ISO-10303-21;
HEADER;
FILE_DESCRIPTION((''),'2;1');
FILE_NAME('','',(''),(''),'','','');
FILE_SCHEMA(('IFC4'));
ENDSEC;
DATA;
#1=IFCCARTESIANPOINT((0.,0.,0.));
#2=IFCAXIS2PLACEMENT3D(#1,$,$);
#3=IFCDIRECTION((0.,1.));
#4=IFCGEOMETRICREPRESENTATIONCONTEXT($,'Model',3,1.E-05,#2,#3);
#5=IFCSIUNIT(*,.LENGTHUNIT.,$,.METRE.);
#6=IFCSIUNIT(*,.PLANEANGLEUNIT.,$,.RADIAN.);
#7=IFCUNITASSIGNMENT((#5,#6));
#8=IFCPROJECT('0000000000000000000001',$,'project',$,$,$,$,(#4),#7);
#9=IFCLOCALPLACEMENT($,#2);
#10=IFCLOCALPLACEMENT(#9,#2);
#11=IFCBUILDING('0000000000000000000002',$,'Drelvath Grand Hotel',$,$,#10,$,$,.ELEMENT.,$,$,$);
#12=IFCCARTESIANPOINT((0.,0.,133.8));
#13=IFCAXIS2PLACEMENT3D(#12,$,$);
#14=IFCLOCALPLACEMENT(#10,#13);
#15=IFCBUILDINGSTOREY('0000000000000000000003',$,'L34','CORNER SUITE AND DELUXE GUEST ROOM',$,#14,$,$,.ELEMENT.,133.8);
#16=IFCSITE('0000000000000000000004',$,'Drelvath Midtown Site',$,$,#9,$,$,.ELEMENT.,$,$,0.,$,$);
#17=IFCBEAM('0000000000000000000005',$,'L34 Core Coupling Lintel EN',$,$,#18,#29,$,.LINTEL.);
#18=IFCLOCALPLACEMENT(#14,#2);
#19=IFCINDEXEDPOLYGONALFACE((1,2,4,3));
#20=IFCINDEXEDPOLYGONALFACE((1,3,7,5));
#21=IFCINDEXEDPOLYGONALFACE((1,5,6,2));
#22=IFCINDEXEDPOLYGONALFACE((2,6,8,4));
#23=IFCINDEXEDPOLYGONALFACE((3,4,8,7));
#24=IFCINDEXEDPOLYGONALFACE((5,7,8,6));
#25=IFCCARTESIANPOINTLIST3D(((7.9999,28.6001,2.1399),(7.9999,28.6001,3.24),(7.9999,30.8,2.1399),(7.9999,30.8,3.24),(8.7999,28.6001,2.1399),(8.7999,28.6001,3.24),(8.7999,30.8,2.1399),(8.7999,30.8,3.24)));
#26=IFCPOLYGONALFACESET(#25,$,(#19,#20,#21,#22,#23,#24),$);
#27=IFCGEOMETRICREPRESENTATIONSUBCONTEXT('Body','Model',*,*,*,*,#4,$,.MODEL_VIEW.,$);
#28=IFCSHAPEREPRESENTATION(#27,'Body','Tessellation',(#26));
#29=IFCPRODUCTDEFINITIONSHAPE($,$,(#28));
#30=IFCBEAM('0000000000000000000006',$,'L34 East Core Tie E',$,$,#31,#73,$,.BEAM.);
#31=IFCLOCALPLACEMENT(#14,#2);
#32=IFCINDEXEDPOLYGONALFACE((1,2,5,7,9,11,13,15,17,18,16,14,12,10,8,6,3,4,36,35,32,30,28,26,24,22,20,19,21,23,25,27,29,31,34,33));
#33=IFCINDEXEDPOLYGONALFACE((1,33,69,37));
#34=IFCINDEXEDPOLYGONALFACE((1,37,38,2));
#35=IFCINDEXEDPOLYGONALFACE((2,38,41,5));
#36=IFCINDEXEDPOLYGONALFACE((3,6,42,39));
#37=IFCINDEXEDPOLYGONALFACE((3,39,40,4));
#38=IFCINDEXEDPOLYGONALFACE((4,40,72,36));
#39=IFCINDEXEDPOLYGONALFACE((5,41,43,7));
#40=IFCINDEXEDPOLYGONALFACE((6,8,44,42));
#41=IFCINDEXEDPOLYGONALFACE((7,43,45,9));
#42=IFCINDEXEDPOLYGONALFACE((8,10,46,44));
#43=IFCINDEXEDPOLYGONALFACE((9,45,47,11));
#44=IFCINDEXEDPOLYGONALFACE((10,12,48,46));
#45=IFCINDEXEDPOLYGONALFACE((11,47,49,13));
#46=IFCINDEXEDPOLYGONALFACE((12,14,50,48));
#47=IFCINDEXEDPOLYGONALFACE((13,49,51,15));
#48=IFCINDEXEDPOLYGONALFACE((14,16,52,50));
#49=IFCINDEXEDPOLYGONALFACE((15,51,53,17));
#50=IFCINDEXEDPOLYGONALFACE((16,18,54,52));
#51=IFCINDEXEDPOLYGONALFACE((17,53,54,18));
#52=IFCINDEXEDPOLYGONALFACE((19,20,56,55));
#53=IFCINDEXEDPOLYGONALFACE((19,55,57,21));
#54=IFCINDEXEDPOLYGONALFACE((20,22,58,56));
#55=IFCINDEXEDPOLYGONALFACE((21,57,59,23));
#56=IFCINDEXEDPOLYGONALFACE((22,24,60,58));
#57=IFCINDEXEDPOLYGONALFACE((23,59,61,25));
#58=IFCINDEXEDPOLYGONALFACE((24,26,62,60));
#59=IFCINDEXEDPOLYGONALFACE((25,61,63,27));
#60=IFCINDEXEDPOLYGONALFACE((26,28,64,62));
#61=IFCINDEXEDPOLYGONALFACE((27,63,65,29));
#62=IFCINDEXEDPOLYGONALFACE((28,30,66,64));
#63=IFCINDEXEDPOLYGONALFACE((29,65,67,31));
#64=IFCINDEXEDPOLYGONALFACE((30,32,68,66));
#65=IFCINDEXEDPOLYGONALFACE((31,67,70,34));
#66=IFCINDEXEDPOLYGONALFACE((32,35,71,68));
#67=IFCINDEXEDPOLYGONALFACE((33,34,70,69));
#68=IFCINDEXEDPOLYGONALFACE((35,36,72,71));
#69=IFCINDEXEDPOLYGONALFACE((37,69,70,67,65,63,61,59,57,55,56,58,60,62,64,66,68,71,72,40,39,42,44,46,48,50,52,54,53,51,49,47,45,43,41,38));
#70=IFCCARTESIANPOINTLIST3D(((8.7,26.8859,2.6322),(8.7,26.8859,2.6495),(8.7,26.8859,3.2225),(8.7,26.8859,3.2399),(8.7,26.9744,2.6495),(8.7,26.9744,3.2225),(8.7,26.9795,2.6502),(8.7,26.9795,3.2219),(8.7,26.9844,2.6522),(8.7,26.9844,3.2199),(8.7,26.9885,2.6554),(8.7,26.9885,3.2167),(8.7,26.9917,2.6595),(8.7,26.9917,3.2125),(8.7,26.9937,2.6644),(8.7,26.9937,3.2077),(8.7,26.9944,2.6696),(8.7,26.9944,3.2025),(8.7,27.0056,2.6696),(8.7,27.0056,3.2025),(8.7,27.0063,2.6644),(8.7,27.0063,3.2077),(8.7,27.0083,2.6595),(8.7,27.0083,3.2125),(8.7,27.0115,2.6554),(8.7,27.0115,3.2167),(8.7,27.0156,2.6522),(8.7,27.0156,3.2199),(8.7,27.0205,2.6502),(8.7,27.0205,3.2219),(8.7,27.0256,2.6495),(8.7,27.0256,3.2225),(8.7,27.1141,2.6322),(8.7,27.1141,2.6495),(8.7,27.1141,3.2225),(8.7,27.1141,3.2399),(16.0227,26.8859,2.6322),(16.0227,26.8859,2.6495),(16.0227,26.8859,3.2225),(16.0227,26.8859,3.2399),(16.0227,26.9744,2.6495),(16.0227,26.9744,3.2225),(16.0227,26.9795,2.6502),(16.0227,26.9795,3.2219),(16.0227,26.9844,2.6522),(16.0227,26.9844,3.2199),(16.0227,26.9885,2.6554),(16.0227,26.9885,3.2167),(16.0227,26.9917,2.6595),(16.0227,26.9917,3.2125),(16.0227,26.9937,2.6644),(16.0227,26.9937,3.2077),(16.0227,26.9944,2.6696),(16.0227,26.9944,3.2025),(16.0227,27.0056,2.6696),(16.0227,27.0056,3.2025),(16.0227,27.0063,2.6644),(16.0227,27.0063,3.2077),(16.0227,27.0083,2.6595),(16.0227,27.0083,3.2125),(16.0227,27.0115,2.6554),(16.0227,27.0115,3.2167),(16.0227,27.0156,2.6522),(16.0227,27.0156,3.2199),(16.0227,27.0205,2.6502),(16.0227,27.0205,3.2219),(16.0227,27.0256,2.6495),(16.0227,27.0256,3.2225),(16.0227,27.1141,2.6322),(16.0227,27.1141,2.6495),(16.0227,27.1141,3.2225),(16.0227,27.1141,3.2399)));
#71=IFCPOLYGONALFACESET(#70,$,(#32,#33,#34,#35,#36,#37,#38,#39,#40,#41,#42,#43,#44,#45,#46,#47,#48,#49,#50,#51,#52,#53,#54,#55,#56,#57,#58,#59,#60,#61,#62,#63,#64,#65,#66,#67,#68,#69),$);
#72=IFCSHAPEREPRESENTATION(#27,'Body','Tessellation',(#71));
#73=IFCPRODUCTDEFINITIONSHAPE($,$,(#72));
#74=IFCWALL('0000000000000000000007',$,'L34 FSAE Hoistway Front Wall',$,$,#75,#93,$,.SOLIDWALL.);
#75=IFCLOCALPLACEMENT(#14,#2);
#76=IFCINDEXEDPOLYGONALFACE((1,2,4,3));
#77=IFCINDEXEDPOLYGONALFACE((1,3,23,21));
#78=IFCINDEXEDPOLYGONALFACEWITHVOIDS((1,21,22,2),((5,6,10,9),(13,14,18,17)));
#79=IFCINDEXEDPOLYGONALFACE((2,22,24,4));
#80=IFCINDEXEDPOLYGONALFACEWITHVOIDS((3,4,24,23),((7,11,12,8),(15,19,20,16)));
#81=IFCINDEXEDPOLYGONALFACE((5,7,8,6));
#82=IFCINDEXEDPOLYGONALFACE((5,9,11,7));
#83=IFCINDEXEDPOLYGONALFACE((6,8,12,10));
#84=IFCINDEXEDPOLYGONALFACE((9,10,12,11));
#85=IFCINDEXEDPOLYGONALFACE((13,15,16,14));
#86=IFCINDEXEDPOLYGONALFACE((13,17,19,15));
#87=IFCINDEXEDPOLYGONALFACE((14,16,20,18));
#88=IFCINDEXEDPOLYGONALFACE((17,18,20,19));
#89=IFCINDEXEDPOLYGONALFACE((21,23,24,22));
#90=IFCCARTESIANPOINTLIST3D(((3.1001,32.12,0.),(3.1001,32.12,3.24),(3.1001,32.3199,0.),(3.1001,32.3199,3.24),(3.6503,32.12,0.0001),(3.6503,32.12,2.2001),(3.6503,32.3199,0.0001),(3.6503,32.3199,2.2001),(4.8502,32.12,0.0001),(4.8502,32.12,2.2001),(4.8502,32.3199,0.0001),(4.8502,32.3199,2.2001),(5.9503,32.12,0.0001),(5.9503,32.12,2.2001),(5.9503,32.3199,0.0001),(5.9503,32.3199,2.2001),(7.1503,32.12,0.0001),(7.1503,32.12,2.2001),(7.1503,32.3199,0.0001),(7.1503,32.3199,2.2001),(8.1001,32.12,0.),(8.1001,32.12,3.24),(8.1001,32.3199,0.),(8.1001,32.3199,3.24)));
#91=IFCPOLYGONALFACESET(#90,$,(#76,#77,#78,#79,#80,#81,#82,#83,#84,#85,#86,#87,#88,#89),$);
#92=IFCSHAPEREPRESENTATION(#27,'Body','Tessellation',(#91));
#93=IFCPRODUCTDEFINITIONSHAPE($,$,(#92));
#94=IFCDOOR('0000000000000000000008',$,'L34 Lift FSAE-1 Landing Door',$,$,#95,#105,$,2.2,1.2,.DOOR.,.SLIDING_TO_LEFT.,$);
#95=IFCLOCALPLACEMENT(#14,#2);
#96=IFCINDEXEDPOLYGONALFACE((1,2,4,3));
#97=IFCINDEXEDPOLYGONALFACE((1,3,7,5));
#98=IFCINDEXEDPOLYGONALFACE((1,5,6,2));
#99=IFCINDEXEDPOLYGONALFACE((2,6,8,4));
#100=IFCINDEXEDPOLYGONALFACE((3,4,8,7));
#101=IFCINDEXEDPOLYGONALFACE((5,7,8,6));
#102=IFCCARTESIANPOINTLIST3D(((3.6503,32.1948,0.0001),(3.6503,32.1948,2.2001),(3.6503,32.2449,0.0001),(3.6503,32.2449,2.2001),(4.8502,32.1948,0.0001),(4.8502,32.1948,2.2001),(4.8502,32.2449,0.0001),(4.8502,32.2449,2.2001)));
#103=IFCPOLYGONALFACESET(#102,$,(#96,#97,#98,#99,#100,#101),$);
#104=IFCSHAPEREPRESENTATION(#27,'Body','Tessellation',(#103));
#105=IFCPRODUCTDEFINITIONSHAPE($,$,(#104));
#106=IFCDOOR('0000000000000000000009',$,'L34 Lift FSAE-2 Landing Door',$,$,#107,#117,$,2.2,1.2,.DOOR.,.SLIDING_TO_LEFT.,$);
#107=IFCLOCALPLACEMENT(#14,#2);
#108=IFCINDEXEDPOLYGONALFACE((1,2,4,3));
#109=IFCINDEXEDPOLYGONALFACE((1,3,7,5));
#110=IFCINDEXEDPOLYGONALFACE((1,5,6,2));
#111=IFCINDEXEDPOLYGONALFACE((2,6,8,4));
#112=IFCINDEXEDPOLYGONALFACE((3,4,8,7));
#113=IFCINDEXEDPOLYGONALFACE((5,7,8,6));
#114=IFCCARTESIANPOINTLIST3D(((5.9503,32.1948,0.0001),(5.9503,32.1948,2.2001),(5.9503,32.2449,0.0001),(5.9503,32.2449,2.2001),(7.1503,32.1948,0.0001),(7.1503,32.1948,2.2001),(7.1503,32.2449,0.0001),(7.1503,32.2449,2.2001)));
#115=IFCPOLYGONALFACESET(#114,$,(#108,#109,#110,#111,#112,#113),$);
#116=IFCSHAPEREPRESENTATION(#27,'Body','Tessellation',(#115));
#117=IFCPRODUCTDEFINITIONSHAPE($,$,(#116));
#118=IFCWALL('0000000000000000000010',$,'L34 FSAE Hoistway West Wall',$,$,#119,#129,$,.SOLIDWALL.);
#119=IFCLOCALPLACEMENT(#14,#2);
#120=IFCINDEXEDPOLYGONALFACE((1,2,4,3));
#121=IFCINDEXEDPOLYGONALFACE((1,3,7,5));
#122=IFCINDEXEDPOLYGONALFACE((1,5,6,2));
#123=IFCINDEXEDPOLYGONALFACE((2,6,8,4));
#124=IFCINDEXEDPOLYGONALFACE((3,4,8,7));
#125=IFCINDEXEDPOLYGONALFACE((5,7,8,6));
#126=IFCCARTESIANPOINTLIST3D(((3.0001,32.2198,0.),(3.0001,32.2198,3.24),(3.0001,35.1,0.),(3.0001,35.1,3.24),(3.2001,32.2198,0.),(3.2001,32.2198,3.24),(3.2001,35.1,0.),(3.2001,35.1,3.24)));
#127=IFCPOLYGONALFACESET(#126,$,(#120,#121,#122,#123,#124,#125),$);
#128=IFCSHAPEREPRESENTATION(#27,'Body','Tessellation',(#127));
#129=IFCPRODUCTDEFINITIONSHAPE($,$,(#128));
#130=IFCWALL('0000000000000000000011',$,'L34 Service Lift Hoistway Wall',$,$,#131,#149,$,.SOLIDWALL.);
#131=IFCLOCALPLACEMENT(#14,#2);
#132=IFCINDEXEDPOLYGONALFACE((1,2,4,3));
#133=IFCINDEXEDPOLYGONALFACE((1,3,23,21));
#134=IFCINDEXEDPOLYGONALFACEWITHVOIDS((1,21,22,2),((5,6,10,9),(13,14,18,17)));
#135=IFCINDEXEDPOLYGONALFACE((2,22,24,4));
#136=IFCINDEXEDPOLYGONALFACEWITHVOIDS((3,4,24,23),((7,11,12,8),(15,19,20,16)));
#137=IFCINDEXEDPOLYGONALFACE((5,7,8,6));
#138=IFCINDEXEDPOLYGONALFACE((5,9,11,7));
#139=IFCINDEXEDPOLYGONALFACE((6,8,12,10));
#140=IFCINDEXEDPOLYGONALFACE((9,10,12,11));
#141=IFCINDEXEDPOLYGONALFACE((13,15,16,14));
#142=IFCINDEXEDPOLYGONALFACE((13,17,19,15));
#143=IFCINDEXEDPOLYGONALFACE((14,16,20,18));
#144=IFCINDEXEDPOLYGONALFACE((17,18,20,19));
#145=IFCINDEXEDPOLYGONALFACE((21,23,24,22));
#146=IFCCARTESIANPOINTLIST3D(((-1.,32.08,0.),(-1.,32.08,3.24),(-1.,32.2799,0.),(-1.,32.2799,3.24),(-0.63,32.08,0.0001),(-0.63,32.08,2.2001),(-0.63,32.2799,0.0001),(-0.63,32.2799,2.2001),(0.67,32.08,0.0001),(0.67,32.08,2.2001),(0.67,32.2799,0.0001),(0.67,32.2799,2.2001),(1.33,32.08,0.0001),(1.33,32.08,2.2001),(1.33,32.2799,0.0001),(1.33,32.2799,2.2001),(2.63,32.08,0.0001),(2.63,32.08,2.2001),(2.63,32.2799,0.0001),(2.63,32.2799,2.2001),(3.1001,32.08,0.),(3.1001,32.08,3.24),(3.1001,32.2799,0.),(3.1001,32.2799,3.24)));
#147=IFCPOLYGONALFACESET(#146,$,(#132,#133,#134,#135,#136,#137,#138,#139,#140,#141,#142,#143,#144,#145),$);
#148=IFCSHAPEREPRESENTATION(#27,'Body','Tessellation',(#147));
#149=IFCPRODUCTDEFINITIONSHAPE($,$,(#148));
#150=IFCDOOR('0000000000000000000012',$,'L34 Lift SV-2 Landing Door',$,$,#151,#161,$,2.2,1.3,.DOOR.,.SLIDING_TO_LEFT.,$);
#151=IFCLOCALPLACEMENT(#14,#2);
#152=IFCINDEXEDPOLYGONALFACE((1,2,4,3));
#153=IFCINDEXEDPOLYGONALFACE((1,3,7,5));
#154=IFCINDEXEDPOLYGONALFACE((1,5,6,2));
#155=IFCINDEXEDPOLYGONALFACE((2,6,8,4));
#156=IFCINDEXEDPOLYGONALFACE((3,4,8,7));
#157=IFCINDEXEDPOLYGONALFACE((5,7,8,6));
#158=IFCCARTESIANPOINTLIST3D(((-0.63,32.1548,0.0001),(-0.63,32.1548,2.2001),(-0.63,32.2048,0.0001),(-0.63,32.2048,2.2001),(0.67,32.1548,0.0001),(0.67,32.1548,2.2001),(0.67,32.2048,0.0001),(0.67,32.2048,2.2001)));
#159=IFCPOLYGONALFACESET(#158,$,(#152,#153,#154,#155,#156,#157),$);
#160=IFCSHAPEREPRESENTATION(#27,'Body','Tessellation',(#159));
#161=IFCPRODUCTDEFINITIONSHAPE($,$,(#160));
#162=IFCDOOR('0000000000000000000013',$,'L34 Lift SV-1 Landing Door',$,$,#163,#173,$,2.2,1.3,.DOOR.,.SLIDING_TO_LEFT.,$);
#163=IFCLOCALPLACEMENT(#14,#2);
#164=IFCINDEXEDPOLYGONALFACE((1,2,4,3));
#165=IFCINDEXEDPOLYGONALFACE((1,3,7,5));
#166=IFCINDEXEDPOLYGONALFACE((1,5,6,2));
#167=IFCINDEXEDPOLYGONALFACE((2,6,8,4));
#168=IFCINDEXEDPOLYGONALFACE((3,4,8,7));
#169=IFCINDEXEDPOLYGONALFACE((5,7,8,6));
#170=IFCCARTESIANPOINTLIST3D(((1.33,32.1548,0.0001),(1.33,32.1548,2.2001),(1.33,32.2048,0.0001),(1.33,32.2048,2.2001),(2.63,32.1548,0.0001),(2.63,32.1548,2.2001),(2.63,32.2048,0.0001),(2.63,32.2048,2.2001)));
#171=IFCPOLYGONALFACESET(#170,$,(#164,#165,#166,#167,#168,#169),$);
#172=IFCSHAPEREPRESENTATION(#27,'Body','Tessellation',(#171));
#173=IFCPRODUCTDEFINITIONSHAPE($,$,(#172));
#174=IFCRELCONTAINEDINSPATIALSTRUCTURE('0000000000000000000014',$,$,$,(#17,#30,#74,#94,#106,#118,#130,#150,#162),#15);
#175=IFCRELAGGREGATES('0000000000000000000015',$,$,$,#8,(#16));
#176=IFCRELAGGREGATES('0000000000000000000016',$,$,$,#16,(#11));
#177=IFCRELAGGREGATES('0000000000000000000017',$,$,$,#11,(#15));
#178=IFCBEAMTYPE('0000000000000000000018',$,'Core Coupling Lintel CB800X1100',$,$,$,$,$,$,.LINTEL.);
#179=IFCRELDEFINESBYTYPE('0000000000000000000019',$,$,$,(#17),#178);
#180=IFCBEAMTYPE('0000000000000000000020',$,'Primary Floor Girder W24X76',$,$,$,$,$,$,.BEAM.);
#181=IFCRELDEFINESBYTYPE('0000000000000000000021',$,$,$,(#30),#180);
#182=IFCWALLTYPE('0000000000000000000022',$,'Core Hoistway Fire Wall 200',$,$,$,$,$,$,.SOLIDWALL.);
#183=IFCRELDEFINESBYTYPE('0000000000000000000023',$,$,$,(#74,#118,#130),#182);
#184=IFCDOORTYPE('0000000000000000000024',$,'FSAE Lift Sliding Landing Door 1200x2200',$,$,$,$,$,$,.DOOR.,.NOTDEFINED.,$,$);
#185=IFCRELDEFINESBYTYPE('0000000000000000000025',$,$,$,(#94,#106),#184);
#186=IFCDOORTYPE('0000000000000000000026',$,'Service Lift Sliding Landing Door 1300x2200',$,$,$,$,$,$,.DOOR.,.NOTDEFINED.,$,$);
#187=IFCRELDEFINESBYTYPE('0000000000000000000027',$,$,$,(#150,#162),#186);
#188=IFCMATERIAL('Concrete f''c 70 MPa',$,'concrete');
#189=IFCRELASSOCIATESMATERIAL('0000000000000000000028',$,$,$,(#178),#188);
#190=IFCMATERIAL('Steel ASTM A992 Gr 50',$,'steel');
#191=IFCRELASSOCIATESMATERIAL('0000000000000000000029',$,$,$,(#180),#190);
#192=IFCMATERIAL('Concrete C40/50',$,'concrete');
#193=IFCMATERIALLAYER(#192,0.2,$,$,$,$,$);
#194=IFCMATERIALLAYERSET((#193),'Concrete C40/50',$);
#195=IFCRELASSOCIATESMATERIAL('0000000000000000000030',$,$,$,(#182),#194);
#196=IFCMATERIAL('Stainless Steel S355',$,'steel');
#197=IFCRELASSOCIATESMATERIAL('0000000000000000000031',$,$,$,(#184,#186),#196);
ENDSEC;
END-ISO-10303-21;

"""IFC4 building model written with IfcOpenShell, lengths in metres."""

from ifc_helpers import new_model, si_unit, direction, frame, frame_2d, origin, origin_2d, place, context, subcontext, project, spatial, rectangle, i_section, extrude, material, layer, layer_set, material_profile, profile_set, type_object, element, fill, save


model = new_model("IFC4")

# Units and contexts
model_context = context("Model", 3, precision=1e-05, world=origin(), true_north=direction((0.0, 1.0)))
body_context = subcontext(model_context, "Body", "Model", "MODEL_VIEW")
ifc_project = project(units=[si_unit("LENGTHUNIT", "METRE"), si_unit("PLANEANGLEUNIT", "RADIAN")], contexts=[model_context])

# Site, building, storey
site_placement = place(None, origin())
site = spatial("IfcSite", under=ifc_project, at=site_placement, Name="Drelvath Midtown Site", CompositionType="ELEMENT", RefElevation=0.0)
building_placement = place(site_placement, origin())
building = spatial("IfcBuilding", under=site, at=building_placement, Name="Drelvath Grand Hotel", CompositionType="ELEMENT")
storey_placement = place(building_placement, frame((0.0, 0.0, 133.8)))
storey = spatial("IfcBuildingStorey", under=building, at=storey_placement, Name="L34", Description="CORNER SUITE AND DELUXE GUEST ROOM", CompositionType="ELEMENT", Elevation=133.8)

# Beams
ifc_material_1 = material(Name="Concrete f'c 70 MPa", Category="concrete")
ifc_material_profile_1 = material_profile(ifc_material_1, rectangle(XDim=0.8, YDim=1.1001, at=origin_2d()), Name="CB800X1100")
ifc_profile_set_1 = profile_set([ifc_material_profile_1], Name="Concrete f'c 70 MPa")
beam_type_1 = type_object("IfcBeamType", Name="Core Coupling Lintel CB800X1100", PredefinedType="LINTEL", material=ifc_profile_set_1)
beam_1_placement = place(storey_placement, frame((8.3999, 28.6001, 2.6899), z_axis=(0.0, 1.0, 0.0), x_axis=(-1.0, 0.0, 0.0)))
element("IfcBeam", 1, at=beam_1_placement, inside=storey, type_object=beam_type_1, Name="L34 Core Coupling Lintel EN", PredefinedType="LINTEL", context=body_context, shape_type="SweptSolid", body=[
    extrude(rectangle(XDim=0.8, YDim=1.1001, at=origin_2d()), origin(), (0.0, 0.0, 1.0), 2.2),
])
ifc_material_2 = material(Name="Steel ASTM A992 Gr 50", Category="steel")
ifc_material_profile_2 = material_profile(ifc_material_2, i_section(OverallWidth=0.2283, OverallDepth=0.6077, WebThickness=0.0112, FlangeThickness=0.0173, FilletRadius=0.02, at=origin_2d()), Name="W24X76")
ifc_profile_set_2 = profile_set([ifc_material_profile_2], Name="Steel ASTM A992 Gr 50")
beam_type_2 = type_object("IfcBeamType", Name="Primary Floor Girder W24X76", PredefinedType="BEAM", material=ifc_profile_set_2)
beam_2_placement = place(storey_placement, frame((8.7, 27.0, 2.936), z_axis=(1.0, 0.0, 0.0), x_axis=(0.0, 1.0, 0.0)))
element("IfcBeam", 2, at=beam_2_placement, inside=storey, type_object=beam_type_2, Name="L34 East Core Tie E", PredefinedType="BEAM", context=body_context, shape_type="SweptSolid", body=[
    extrude(i_section(OverallWidth=0.2283, OverallDepth=0.6077, WebThickness=0.0112, FlangeThickness=0.0173, FilletRadius=0.02, at=origin_2d()), origin(), (0.0, 0.0, 1.0), 7.3228),
])

# Wall, openings, doors
ifc_material_3 = material(Name="Concrete C40/50", Category="concrete")
ifc_layer_1 = layer(ifc_material_3, 0.2)
ifc_layer_set_1 = layer_set([ifc_layer_1], Name="Concrete C40/50")
wall_type_1 = type_object("IfcWallType", Name="Core Hoistway Fire Wall 200", PredefinedType="SOLIDWALL", material=ifc_layer_set_1)
wall_1_placement = place(storey_placement, frame((3.1001, 32.22, 0.0), z_axis=(0.0, 0.0, 1.0), x_axis=(1.0, 0.0, 0.0)))
wall_1 = element("IfcWall", 3, at=wall_1_placement, inside=storey, type_object=wall_type_1, Name="L34 FSAE Hoistway Front Wall", PredefinedType="SOLIDWALL", context=body_context, shape_type="SweptSolid", body=[
    extrude(rectangle(XDim=5.0, YDim=0.2, at=frame_2d((2.5, 0.0))), origin(), (0.0, 0.0, 1.0), 3.24),
])
opening_1_placement = place(wall_1_placement, frame((0.55, 0.0, 0.0)))
opening_1 = element("IfcOpeningElement", 4, at=opening_1_placement, cuts=wall_1, PredefinedType="OPENING", context=body_context, shape_type="SweptSolid", body=[
    extrude(rectangle(XDim=1.2, YDim=2.2, at=frame_2d((0.6001, 1.1001))), frame((0.0, 0.1099, 0.0), z_axis=(0.0, -1.0, 0.0), x_axis=(1.0, 0.0, 0.0)), (0.0, 0.0, 1.0), 0.22),
])
opening_2_placement = place(wall_1_placement, frame((2.8501, 0.0, 0.0)))
opening_2 = element("IfcOpeningElement", 5, at=opening_2_placement, cuts=wall_1, PredefinedType="OPENING", context=body_context, shape_type="SweptSolid", body=[
    extrude(rectangle(XDim=1.2, YDim=2.2, at=frame_2d((0.6001, 1.1001))), frame((0.0, 0.1099, 0.0), z_axis=(0.0, -1.0, 0.0), x_axis=(1.0, 0.0, 0.0)), (0.0, 0.0, 1.0), 0.22),
])
ifc_material_4 = material(Name="Stainless Steel S355", Category="steel")
door_type_1 = type_object("IfcDoorType", Name="FSAE Lift Sliding Landing Door 1200x2200", OperationType="NOTDEFINED", PredefinedType="DOOR", material=ifc_material_4)
door_1_placement = place(opening_1_placement, origin())
door_1 = element("IfcDoor", 6, at=door_1_placement, inside=storey, type_object=door_type_1, Name="L34 Lift FSAE-1 Landing Door", OperationType="SLIDING_TO_LEFT", OverallHeight=2.2, OverallWidth=1.2, PredefinedType="DOOR", context=body_context, shape_type="SweptSolid", body=[
    extrude(rectangle(XDim=1.2, YDim=2.2, at=frame_2d((0.6001, 1.1001))), frame((0.0, 0.0249, 0.0), z_axis=(0.0, -1.0, 0.0), x_axis=(1.0, 0.0, 0.0)), (0.0, 0.0, 1.0), 0.05),
])
fill(opening_1, door_1)
door_2_placement = place(opening_2_placement, origin())
door_2 = element("IfcDoor", 7, at=door_2_placement, inside=storey, type_object=door_type_1, Name="L34 Lift FSAE-2 Landing Door", OperationType="SLIDING_TO_LEFT", OverallHeight=2.2, OverallWidth=1.2, PredefinedType="DOOR", context=body_context, shape_type="SweptSolid", body=[
    extrude(rectangle(XDim=1.2, YDim=2.2, at=frame_2d((0.6001, 1.1001))), frame((0.0, 0.0249, 0.0), z_axis=(0.0, -1.0, 0.0), x_axis=(1.0, 0.0, 0.0)), (0.0, 0.0, 1.0), 0.05),
])
fill(opening_2, door_2)

# Wall
wall_2_placement = place(storey_placement, frame((3.1001, 32.22, 0.0), z_axis=(0.0, 0.0, 1.0), x_axis=(0.0, 1.0, 0.0)))
element("IfcWall", 8, at=wall_2_placement, inside=storey, type_object=wall_type_1, Name="L34 FSAE Hoistway West Wall", PredefinedType="SOLIDWALL", context=body_context, shape_type="SweptSolid", body=[
    extrude(rectangle(XDim=2.8801, YDim=0.2, at=frame_2d((1.4399, 0.0))), origin(), (0.0, 0.0, 1.0), 3.24),
])

# Wall, openings, doors
wall_3_placement = place(storey_placement, frame((-1.0, 32.1799, 0.0), z_axis=(0.0, 0.0, 1.0), x_axis=(1.0, 0.0, 0.0)))
wall_3 = element("IfcWall", 9, at=wall_3_placement, inside=storey, type_object=wall_type_1, Name="L34 Service Lift Hoistway Wall", PredefinedType="SOLIDWALL", context=body_context, shape_type="SweptSolid", body=[
    extrude(rectangle(XDim=4.1001, YDim=0.2, at=frame_2d((2.05, 0.0))), origin(), (0.0, 0.0, 1.0), 3.24),
])
opening_3_placement = place(wall_3_placement, frame((0.3701, 0.0, 0.0)))
opening_3 = element("IfcOpeningElement", 10, at=opening_3_placement, cuts=wall_3, PredefinedType="OPENING", context=body_context, shape_type="SweptSolid", body=[
    extrude(rectangle(XDim=1.3, YDim=2.2, at=frame_2d((0.6499, 1.1001))), frame((0.0, 0.1099, 0.0), z_axis=(0.0, -1.0, 0.0), x_axis=(1.0, 0.0, 0.0)), (0.0, 0.0, 1.0), 0.22),
])
opening_4_placement = place(wall_3_placement, frame((2.3301, 0.0, 0.0)))
opening_4 = element("IfcOpeningElement", 11, at=opening_4_placement, cuts=wall_3, PredefinedType="OPENING", context=body_context, shape_type="SweptSolid", body=[
    extrude(rectangle(XDim=1.3, YDim=2.2, at=frame_2d((0.6499, 1.1001))), frame((0.0, 0.1099, 0.0), z_axis=(0.0, -1.0, 0.0), x_axis=(1.0, 0.0, 0.0)), (0.0, 0.0, 1.0), 0.22),
])
door_type_2 = type_object("IfcDoorType", Name="Service Lift Sliding Landing Door 1300x2200", OperationType="NOTDEFINED", PredefinedType="DOOR", material=ifc_material_4)
door_3_placement = place(opening_3_placement, origin())
door_3 = element("IfcDoor", 12, at=door_3_placement, inside=storey, type_object=door_type_2, Name="L34 Lift SV-2 Landing Door", OperationType="SLIDING_TO_LEFT", OverallHeight=2.2, OverallWidth=1.3, PredefinedType="DOOR", context=body_context, shape_type="SweptSolid", body=[
    extrude(rectangle(XDim=1.3, YDim=2.2, at=frame_2d((0.6499, 1.1001))), frame((0.0, 0.0249, 0.0), z_axis=(0.0, -1.0, 0.0), x_axis=(1.0, 0.0, 0.0)), (0.0, 0.0, 1.0), 0.05),
])
fill(opening_3, door_3)
door_4_placement = place(opening_4_placement, origin())
door_4 = element("IfcDoor", 13, at=door_4_placement, inside=storey, type_object=door_type_2, Name="L34 Lift SV-1 Landing Door", OperationType="SLIDING_TO_LEFT", OverallHeight=2.2, OverallWidth=1.3, PredefinedType="DOOR", context=body_context, shape_type="SweptSolid", body=[
    extrude(rectangle(XDim=1.3, YDim=2.2, at=frame_2d((0.6499, 1.1001))), frame((0.0, 0.0249, 0.0), z_axis=(0.0, -1.0, 0.0), x_axis=(1.0, 0.0, 0.0)), (0.0, 0.0, 1.0), 0.05),
])
fill(opening_4, door_4)

save(model, "model.ifc")
